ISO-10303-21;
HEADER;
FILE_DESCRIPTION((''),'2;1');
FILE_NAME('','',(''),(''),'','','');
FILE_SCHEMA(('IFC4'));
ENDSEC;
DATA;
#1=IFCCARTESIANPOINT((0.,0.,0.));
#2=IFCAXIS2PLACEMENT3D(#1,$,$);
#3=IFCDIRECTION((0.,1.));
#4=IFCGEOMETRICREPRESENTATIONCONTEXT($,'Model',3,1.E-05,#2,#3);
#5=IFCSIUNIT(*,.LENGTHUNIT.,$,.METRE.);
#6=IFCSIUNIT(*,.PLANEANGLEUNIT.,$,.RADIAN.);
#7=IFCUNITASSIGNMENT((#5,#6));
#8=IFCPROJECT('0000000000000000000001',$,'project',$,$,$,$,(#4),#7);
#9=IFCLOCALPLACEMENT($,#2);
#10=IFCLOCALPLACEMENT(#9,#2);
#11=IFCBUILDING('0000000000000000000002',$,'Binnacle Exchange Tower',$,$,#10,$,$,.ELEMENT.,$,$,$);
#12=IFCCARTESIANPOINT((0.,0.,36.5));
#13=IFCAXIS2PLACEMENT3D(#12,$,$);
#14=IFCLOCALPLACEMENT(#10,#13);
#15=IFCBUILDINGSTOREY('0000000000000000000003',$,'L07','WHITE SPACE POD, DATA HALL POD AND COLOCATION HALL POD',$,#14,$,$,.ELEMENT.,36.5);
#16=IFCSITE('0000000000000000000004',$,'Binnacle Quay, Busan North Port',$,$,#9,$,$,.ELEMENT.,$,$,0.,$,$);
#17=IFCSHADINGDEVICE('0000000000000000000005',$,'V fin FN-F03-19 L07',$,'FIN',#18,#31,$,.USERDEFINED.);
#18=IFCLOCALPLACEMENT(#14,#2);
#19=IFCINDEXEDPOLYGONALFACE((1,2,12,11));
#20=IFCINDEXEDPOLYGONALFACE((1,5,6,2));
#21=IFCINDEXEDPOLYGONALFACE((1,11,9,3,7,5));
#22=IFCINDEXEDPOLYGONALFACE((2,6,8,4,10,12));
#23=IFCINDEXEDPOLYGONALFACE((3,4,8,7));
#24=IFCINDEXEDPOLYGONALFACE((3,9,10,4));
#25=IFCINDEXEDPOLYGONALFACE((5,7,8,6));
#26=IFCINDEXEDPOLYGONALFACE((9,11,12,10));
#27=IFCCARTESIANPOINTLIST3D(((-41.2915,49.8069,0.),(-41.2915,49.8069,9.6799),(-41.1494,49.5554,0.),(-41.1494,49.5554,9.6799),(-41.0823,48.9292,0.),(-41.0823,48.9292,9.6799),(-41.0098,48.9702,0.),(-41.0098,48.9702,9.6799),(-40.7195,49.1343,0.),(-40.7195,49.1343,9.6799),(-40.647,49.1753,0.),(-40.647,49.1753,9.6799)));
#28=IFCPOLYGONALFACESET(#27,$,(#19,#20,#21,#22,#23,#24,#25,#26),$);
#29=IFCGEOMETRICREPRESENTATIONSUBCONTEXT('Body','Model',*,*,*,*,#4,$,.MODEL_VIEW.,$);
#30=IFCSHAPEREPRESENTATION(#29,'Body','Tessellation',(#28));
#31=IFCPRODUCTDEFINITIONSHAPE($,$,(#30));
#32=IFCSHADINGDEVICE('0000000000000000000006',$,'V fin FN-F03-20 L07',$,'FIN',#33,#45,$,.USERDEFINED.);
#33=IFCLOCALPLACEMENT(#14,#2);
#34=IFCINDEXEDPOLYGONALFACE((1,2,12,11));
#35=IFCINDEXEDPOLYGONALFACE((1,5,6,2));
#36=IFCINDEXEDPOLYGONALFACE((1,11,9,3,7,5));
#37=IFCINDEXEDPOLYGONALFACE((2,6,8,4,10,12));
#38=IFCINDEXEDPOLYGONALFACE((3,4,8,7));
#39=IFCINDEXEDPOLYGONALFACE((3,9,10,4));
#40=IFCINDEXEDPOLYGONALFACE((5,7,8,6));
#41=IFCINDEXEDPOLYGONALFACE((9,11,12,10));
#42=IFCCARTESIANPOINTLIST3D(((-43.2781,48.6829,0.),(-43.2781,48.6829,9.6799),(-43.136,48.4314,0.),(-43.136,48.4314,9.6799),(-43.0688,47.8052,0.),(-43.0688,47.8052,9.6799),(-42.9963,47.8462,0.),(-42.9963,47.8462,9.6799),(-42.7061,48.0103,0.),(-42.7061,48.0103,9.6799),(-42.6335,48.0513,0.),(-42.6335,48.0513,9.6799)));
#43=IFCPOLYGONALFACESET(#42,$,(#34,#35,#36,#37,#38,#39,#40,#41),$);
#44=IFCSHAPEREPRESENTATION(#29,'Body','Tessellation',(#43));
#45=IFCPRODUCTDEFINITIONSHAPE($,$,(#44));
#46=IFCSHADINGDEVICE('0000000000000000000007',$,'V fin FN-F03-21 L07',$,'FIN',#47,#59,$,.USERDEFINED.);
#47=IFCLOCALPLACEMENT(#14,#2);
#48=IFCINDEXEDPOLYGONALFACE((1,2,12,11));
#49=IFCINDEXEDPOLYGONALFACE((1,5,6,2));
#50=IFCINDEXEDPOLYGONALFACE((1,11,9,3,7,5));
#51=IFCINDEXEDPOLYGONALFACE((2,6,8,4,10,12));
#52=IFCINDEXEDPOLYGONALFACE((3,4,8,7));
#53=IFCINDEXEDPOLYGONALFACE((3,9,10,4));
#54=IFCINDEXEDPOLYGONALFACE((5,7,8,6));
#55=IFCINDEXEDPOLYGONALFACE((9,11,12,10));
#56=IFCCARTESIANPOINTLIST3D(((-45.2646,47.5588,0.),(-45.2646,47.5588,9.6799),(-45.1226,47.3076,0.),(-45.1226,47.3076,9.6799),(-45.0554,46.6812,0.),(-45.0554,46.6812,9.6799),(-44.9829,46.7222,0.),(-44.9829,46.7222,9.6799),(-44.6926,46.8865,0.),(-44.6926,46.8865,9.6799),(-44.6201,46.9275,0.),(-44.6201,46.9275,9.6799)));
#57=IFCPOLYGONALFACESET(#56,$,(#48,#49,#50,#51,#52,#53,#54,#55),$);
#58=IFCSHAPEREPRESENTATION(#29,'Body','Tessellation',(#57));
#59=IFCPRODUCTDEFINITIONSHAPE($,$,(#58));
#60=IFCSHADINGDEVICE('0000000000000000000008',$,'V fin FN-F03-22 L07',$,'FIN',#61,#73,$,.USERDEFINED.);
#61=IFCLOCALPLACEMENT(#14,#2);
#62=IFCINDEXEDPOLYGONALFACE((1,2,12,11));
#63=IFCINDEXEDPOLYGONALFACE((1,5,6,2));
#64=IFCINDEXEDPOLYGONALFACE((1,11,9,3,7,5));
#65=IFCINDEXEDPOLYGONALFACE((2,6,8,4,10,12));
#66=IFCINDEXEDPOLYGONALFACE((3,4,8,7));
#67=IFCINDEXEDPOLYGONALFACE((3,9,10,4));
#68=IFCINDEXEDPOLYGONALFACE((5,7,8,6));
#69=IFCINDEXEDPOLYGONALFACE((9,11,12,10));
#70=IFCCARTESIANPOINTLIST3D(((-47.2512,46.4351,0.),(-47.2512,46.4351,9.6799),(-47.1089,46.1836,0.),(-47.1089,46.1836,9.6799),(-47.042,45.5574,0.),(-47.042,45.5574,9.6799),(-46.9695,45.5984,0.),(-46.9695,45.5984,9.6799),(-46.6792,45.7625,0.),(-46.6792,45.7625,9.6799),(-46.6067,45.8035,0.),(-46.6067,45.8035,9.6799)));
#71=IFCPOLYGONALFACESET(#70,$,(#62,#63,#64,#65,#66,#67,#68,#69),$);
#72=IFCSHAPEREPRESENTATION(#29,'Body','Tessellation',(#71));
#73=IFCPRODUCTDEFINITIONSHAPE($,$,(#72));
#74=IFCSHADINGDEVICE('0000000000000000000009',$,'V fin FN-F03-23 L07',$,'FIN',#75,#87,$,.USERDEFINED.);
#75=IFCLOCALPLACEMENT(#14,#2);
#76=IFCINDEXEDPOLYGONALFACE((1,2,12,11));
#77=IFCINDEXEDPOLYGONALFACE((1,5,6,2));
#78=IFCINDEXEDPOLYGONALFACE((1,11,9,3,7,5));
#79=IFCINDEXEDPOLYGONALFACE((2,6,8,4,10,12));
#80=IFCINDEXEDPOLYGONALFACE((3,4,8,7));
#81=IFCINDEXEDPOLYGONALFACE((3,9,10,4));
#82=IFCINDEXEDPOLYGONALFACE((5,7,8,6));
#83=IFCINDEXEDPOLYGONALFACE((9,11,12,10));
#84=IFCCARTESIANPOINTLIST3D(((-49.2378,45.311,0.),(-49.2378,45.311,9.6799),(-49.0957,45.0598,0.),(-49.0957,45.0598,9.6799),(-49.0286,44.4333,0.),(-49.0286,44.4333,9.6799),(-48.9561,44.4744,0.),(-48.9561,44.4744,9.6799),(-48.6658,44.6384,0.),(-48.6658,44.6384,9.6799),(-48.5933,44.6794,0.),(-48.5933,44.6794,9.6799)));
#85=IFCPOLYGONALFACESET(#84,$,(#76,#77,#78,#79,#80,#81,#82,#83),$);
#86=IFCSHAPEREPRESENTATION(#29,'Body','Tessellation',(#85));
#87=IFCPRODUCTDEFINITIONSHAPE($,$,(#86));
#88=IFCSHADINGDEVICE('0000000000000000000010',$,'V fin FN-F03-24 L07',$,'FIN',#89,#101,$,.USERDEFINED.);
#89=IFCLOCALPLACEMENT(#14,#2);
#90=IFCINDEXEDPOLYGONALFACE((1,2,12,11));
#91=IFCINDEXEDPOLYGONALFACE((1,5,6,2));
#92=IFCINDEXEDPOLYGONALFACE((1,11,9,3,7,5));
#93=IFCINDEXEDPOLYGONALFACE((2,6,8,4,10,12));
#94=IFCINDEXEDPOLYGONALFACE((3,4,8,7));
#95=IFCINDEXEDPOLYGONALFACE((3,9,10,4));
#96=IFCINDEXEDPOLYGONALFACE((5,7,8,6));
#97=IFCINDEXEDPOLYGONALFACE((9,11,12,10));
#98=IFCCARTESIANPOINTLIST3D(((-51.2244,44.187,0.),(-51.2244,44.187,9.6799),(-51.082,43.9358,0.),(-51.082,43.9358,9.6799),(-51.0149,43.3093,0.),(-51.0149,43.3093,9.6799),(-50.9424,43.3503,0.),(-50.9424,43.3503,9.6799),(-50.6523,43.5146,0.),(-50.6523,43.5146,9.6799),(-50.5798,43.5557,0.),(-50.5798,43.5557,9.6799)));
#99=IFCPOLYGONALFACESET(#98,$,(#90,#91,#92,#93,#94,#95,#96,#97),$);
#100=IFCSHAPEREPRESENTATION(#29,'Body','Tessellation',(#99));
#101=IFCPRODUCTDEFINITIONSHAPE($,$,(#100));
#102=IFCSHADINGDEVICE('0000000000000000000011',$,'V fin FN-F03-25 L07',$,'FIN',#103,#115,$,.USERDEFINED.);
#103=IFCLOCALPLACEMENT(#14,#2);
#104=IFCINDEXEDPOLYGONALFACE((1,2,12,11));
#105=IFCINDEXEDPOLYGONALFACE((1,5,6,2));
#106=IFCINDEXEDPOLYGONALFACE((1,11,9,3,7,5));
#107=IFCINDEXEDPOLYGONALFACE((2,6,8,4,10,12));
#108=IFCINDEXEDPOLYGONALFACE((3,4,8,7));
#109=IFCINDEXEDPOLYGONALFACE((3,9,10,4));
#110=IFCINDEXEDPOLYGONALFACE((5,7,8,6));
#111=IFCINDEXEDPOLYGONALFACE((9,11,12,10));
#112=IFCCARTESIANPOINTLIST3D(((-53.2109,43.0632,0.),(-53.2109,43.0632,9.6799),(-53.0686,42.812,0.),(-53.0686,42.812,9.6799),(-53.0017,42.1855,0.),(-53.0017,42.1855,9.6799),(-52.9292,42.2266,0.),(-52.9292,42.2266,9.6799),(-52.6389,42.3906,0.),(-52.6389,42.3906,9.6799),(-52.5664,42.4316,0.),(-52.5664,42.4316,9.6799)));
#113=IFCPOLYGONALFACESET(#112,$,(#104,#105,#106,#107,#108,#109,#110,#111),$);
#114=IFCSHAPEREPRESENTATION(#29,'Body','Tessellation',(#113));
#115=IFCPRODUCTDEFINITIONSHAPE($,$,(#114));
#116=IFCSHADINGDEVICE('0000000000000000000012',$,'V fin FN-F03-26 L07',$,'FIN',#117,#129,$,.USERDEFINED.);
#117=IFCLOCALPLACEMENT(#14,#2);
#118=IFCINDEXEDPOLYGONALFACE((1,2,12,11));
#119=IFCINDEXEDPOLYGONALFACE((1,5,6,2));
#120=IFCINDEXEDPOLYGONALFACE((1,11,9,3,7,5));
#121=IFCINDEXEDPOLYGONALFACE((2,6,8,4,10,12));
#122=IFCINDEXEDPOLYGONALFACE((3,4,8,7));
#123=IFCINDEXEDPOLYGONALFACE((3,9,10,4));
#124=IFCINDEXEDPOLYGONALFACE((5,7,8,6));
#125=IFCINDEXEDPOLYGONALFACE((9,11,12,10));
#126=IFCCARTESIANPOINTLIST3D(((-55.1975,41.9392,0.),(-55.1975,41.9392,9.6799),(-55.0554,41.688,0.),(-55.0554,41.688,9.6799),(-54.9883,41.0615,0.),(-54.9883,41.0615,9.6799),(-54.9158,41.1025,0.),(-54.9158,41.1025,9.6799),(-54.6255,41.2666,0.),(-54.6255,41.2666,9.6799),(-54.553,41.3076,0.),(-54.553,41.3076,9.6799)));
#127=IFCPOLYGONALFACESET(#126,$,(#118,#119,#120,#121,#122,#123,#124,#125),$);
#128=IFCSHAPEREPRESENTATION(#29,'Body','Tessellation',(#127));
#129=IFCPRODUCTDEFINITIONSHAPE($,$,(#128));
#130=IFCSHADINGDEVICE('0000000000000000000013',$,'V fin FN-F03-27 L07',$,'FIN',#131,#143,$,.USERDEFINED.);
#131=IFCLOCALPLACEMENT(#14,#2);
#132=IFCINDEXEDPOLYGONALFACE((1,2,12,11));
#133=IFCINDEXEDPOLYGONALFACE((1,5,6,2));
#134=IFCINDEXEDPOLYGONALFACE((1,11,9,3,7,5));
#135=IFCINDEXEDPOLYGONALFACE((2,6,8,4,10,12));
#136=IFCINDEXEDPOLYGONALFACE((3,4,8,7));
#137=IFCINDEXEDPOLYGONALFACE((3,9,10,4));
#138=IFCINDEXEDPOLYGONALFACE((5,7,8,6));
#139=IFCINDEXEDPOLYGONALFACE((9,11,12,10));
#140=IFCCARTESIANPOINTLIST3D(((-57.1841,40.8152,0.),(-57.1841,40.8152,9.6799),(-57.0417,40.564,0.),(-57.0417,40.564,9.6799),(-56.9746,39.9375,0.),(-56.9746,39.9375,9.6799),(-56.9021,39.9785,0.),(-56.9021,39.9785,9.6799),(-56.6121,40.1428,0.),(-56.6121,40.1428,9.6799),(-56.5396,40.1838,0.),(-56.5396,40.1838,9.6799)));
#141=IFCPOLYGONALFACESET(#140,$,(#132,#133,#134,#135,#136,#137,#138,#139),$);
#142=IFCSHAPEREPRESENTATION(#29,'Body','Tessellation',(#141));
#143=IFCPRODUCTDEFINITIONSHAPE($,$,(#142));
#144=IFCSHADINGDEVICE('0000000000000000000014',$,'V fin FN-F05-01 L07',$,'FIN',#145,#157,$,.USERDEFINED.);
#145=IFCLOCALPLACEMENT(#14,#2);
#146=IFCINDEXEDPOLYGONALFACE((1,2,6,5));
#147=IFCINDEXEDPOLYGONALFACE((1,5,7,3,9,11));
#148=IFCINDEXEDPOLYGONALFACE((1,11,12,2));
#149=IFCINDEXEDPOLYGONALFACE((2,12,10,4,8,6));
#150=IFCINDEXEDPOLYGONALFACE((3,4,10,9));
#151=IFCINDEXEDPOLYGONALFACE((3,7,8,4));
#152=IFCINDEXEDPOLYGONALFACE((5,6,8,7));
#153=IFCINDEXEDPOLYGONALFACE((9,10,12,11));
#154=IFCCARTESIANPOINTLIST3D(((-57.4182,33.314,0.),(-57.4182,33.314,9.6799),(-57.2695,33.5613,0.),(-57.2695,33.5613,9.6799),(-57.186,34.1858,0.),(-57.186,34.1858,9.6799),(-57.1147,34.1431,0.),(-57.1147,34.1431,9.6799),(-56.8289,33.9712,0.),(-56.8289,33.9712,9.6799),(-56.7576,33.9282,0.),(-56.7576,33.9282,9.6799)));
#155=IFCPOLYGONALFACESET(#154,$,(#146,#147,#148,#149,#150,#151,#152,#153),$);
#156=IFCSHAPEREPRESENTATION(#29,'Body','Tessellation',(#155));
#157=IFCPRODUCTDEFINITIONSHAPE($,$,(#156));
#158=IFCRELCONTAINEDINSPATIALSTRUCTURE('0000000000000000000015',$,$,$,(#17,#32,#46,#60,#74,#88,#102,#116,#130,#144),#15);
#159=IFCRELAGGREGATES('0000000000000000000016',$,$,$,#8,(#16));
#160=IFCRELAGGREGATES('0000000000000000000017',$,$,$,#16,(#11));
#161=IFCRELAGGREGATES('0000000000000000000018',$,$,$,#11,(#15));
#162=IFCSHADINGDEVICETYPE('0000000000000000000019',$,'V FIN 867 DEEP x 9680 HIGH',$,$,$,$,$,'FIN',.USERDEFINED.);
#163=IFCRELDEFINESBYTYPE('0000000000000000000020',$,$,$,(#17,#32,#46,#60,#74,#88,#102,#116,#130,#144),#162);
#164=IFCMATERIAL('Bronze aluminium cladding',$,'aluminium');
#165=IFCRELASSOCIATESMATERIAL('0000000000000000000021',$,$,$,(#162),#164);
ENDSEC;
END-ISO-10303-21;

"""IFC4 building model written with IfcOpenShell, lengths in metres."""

from ifc_helpers import new_model, si_unit, direction, frame, origin, place, context, subcontext, project, spatial, polyline, outline, extrude, material, type_object, element, save


model = new_model("IFC4")

# Units and contexts
model_context = context("Model", 3, precision=1e-05, world=origin(), true_north=direction((0.0, 1.0)))
body_context = subcontext(model_context, "Body", "Model", "MODEL_VIEW")
ifc_project = project(units=[si_unit("LENGTHUNIT", "METRE"), si_unit("PLANEANGLEUNIT", "RADIAN")], contexts=[model_context])

# Site, building, storey
site_placement = place(None, origin())
site = spatial("IfcSite", under=ifc_project, at=site_placement, Name="Binnacle Quay, Busan North Port", CompositionType="ELEMENT", RefElevation=0.0)
building_placement = place(site_placement, origin())
building = spatial("IfcBuilding", under=site, at=building_placement, Name="Binnacle Exchange Tower", CompositionType="ELEMENT")
storey_placement = place(building_placement, frame((0.0, 0.0, 36.5)))
storey = spatial("IfcBuildingStorey", under=building, at=storey_placement, Name="L07", Description="WHITE SPACE POD, DATA HALL POD AND COLOCATION HALL POD", CompositionType="ELEMENT", Elevation=36.5)

# Shading devices
ifc_material = material(Name="Bronze aluminium cladding", Category="aluminium")
shading_device_type = type_object("IfcShadingDeviceType", Name="V FIN 867 DEEP x 9680 HIGH", ElementType="FIN", PredefinedType="USERDEFINED", material=ifc_material)
shading_device_1_placement = place(storey_placement, origin())
element("IfcShadingDevice", 1, at=shading_device_1_placement, inside=storey, type_object=shading_device_type, Name="V fin FN-F03-19 L07", ObjectType="FIN", PredefinedType="USERDEFINED", context=body_context, shape_type="SweptSolid", body=[
    extrude(outline(polyline([(-40.647, 49.1753), (-41.2915, 49.8069), (-41.0823, 48.9292), (-41.0098, 48.9702), (-41.1494, 49.5554), (-40.7195, 49.1343), (-40.647, 49.1753)])), origin(), (0.0, 0.0, 1.0), 9.6799),
])
shading_device_2_placement = place(storey_placement, origin())
element("IfcShadingDevice", 2, at=shading_device_2_placement, inside=storey, type_object=shading_device_type, Name="V fin FN-F03-20 L07", ObjectType="FIN", PredefinedType="USERDEFINED", context=body_context, shape_type="SweptSolid", body=[
    extrude(outline(polyline([(-42.6335, 48.0513), (-43.2781, 48.6829), (-43.0688, 47.8052), (-42.9963, 47.8462), (-43.136, 48.4314), (-42.7061, 48.0103), (-42.6335, 48.0513)])), origin(), (0.0, 0.0, 1.0), 9.6799),
])
shading_device_3_placement = place(storey_placement, origin())
element("IfcShadingDevice", 3, at=shading_device_3_placement, inside=storey, type_object=shading_device_type, Name="V fin FN-F03-21 L07", ObjectType="FIN", PredefinedType="USERDEFINED", context=body_context, shape_type="SweptSolid", body=[
    extrude(outline(polyline([(-44.6201, 46.9275), (-45.2646, 47.5588), (-45.0554, 46.6812), (-44.9829, 46.7222), (-45.1226, 47.3076), (-44.6926, 46.8865), (-44.6201, 46.9275)])), origin(), (0.0, 0.0, 1.0), 9.6799),
])
shading_device_4_placement = place(storey_placement, origin())
element("IfcShadingDevice", 4, at=shading_device_4_placement, inside=storey, type_object=shading_device_type, Name="V fin FN-F03-22 L07", ObjectType="FIN", PredefinedType="USERDEFINED", context=body_context, shape_type="SweptSolid", body=[
    extrude(outline(polyline([(-46.6067, 45.8035), (-47.2512, 46.4351), (-47.042, 45.5574), (-46.9695, 45.5984), (-47.1089, 46.1836), (-46.6792, 45.7625), (-46.6067, 45.8035)])), origin(), (0.0, 0.0, 1.0), 9.6799),
])
shading_device_5_placement = place(storey_placement, origin())
element("IfcShadingDevice", 5, at=shading_device_5_placement, inside=storey, type_object=shading_device_type, Name="V fin FN-F03-23 L07", ObjectType="FIN", PredefinedType="USERDEFINED", context=body_context, shape_type="SweptSolid", body=[
    extrude(outline(polyline([(-48.5933, 44.6794), (-49.2378, 45.311), (-49.0286, 44.4333), (-48.9561, 44.4744), (-49.0957, 45.0598), (-48.6658, 44.6384), (-48.5933, 44.6794)])), origin(), (0.0, 0.0, 1.0), 9.6799),
])
shading_device_6_placement = place(storey_placement, origin())
element("IfcShadingDevice", 6, at=shading_device_6_placement, inside=storey, type_object=shading_device_type, Name="V fin FN-F03-24 L07", ObjectType="FIN", PredefinedType="USERDEFINED", context=body_context, shape_type="SweptSolid", body=[
    extrude(outline(polyline([(-50.5798, 43.5557), (-51.2244, 44.187), (-51.0149, 43.3093), (-50.9424, 43.3503), (-51.082, 43.9358), (-50.6523, 43.5146), (-50.5798, 43.5557)])), origin(), (0.0, 0.0, 1.0), 9.6799),
])
shading_device_7_placement = place(storey_placement, origin())
element("IfcShadingDevice", 7, at=shading_device_7_placement, inside=storey, type_object=shading_device_type, Name="V fin FN-F03-25 L07", ObjectType="FIN", PredefinedType="USERDEFINED", context=body_context, shape_type="SweptSolid", body=[
    extrude(outline(polyline([(-52.5664, 42.4316), (-53.2109, 43.0632), (-53.0017, 42.1855), (-52.9292, 42.2266), (-53.0686, 42.812), (-52.6389, 42.3906), (-52.5664, 42.4316)])), origin(), (0.0, 0.0, 1.0), 9.6799),
])
shading_device_8_placement = place(storey_placement, origin())
element("IfcShadingDevice", 8, at=shading_device_8_placement, inside=storey, type_object=shading_device_type, Name="V fin FN-F03-26 L07", ObjectType="FIN", PredefinedType="USERDEFINED", context=body_context, shape_type="SweptSolid", body=[
    extrude(outline(polyline([(-54.553, 41.3076), (-55.1975, 41.9392), (-54.9883, 41.0615), (-54.9158, 41.1025), (-55.0554, 41.688), (-54.6255, 41.2666), (-54.553, 41.3076)])), origin(), (0.0, 0.0, 1.0), 9.6799),
])
shading_device_9_placement = place(storey_placement, origin())
element("IfcShadingDevice", 9, at=shading_device_9_placement, inside=storey, type_object=shading_device_type, Name="V fin FN-F03-27 L07", ObjectType="FIN", PredefinedType="USERDEFINED", context=body_context, shape_type="SweptSolid", body=[
    extrude(outline(polyline([(-56.5396, 40.1838), (-57.1841, 40.8152), (-56.9746, 39.9375), (-56.9021, 39.9785), (-57.0417, 40.564), (-56.6121, 40.1428), (-56.5396, 40.1838)])), origin(), (0.0, 0.0, 1.0), 9.6799),
])
shading_device_10_placement = place(storey_placement, origin())
element("IfcShadingDevice", 10, at=shading_device_10_placement, inside=storey, type_object=shading_device_type, Name="V fin FN-F05-01 L07", ObjectType="FIN", PredefinedType="USERDEFINED", context=body_context, shape_type="SweptSolid", body=[
    extrude(outline(polyline([(-57.186, 34.1858), (-57.4182, 33.314), (-56.7576, 33.9282), (-56.8289, 33.9712), (-57.2695, 33.5613), (-57.1147, 34.1431), (-57.186, 34.1858)])), origin(), (0.0, 0.0, 1.0), 9.6799),
])

save(model, "model.ifc")
